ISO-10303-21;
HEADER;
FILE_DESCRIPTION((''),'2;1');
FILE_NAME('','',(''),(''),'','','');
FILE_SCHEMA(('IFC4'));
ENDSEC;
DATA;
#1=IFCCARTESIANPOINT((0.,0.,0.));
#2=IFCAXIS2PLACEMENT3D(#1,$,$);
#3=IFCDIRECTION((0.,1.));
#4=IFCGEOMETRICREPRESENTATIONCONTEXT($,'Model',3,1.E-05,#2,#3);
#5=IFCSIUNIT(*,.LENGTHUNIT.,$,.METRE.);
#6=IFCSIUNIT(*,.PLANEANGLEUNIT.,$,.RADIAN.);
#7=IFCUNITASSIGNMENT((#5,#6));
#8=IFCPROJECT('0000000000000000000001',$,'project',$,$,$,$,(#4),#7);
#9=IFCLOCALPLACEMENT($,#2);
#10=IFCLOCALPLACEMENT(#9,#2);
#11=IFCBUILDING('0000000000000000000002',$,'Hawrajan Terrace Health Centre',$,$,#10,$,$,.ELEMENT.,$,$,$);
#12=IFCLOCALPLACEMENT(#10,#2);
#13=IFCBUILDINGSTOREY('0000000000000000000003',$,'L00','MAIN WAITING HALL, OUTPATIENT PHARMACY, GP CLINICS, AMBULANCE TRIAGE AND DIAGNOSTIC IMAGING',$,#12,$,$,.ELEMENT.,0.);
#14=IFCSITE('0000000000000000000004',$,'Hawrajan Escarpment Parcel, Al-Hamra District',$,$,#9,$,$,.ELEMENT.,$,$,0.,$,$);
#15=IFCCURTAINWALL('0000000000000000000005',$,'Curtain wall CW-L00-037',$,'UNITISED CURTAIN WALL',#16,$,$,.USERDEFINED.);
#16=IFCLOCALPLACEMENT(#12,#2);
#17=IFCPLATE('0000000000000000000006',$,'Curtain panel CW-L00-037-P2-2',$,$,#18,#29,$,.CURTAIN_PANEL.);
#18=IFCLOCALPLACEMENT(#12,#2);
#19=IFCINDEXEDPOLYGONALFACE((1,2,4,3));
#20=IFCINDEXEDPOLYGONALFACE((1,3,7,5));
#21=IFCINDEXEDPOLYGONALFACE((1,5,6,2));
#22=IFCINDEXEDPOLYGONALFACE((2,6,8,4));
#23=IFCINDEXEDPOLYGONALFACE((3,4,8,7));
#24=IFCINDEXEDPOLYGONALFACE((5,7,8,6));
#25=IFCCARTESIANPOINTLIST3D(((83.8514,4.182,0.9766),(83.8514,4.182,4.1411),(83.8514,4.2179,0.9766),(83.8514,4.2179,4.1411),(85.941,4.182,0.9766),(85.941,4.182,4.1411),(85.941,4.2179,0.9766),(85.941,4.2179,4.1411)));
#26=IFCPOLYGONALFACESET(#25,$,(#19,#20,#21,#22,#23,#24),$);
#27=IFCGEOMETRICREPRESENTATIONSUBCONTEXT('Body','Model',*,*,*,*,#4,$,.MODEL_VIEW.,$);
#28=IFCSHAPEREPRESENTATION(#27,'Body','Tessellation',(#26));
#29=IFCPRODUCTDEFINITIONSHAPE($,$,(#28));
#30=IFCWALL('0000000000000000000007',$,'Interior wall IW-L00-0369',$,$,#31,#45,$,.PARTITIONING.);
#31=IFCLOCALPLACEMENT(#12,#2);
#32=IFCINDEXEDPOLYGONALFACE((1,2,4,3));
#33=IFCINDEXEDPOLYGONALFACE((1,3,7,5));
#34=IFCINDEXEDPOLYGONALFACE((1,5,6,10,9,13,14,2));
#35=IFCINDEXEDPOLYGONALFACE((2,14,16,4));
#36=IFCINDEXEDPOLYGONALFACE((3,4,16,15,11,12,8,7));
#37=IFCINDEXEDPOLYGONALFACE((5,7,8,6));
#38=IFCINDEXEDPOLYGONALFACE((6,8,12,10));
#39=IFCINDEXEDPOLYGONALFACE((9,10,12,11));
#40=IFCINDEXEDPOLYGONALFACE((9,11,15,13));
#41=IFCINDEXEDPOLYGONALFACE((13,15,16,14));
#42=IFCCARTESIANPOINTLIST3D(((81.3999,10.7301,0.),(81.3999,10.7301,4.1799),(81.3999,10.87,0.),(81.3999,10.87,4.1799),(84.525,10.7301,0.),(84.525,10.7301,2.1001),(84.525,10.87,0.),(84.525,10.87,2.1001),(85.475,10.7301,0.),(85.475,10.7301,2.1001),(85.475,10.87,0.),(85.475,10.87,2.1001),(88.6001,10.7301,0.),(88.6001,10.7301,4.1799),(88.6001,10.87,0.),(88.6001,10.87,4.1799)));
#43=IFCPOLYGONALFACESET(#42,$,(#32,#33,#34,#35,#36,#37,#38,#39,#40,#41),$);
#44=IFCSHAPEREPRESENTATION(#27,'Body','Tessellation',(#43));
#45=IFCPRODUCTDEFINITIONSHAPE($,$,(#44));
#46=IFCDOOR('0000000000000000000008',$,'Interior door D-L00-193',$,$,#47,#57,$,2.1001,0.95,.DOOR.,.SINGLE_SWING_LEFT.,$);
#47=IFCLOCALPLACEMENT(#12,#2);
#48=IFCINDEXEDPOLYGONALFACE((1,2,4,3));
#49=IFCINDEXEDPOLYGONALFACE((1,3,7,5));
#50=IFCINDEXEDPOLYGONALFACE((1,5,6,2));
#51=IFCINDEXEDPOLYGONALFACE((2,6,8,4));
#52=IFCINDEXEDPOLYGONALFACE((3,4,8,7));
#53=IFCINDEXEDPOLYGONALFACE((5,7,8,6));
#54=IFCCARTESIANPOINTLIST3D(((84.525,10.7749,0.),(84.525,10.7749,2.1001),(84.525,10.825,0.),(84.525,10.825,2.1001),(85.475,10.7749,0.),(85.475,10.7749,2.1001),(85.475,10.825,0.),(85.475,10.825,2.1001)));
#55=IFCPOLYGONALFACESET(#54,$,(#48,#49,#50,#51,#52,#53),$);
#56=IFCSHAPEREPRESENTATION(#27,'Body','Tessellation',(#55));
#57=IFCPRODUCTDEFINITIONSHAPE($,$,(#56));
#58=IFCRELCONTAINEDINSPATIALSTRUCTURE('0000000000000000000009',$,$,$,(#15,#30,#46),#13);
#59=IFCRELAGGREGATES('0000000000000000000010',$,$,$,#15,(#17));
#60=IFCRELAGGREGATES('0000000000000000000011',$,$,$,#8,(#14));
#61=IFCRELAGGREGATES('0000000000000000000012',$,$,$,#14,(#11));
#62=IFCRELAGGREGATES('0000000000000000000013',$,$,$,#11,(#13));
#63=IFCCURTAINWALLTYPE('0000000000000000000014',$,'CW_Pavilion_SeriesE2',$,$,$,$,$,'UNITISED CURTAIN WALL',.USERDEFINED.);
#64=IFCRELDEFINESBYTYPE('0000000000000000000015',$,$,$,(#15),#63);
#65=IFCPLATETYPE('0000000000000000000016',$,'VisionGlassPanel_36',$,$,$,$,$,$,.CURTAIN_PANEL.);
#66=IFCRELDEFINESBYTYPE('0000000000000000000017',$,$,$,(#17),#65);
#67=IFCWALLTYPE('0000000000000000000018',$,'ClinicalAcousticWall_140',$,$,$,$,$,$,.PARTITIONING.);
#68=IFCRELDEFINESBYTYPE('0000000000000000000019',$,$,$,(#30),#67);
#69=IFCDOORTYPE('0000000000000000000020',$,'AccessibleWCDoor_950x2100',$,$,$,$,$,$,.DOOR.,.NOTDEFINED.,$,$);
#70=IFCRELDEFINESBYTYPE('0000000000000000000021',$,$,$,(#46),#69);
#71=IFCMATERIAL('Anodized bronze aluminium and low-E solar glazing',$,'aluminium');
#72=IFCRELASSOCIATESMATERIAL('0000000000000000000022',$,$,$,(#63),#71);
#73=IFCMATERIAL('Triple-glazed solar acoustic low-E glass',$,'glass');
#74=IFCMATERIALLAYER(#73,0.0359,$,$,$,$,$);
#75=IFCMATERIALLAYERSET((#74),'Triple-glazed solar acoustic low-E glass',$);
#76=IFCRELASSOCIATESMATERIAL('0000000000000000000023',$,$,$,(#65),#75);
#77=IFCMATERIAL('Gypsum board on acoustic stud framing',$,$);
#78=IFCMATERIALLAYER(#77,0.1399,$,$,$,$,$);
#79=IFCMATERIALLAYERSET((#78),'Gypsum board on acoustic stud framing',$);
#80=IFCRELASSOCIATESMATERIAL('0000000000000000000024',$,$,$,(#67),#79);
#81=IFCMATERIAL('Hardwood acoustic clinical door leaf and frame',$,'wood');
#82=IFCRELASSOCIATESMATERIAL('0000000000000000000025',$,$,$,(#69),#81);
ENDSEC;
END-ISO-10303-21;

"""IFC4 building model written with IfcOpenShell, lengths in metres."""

from ifc_helpers import new_model, si_unit, direction, frame, frame_2d, origin, origin_2d, place, context, subcontext, project, spatial, rectangle, extrude, material, layer, layer_set, type_object, element, fill, aggregate, save


model = new_model("IFC4")

# Units and contexts
model_context = context("Model", 3, precision=1e-05, world=origin(), true_north=direction((0.0, 1.0)))
body_context = subcontext(model_context, "Body", "Model", "MODEL_VIEW")
ifc_project = project(units=[si_unit("LENGTHUNIT", "METRE"), si_unit("PLANEANGLEUNIT", "RADIAN")], contexts=[model_context])

# Site, building, storey
site_placement = place(None, origin())
site = spatial("IfcSite", under=ifc_project, at=site_placement, Name="Hawrajan Escarpment Parcel, Al-Hamra District", CompositionType="ELEMENT", RefElevation=0.0)
building_placement = place(site_placement, origin())
building = spatial("IfcBuilding", under=site, at=building_placement, Name="Hawrajan Terrace Health Centre", CompositionType="ELEMENT")
storey_placement = place(building_placement, origin())
storey = spatial("IfcBuildingStorey", under=building, at=storey_placement, Name="L00", Description="MAIN WAITING HALL, OUTPATIENT PHARMACY, GP CLINICS, AMBULANCE TRIAGE AND DIAGNOSTIC IMAGING", CompositionType="ELEMENT", Elevation=0.0)

# Curtain wall
ifc_material_1 = material(Name="Anodized bronze aluminium and low-E solar glazing", Category="aluminium")
curtain_wall_type_1 = type_object("IfcCurtainWallType", Name="CW_Pavilion_SeriesE2", ElementType="UNITISED CURTAIN WALL", PredefinedType="USERDEFINED", material=ifc_material_1)
curtain_wall_1_placement = place(storey_placement, origin())
curtain_wall_1 = element("IfcCurtainWall", 1, at=curtain_wall_1_placement, inside=storey, type_object=curtain_wall_type_1, Name="Curtain wall CW-L00-037", ObjectType="UNITISED CURTAIN WALL", PredefinedType="USERDEFINED")

# Plate
ifc_material_2 = material(Name="Triple-glazed solar acoustic low-E glass", Category="glass")
ifc_layer_1 = layer(ifc_material_2, 0.0359)
ifc_layer_set_1 = layer_set([ifc_layer_1], Name="Triple-glazed solar acoustic low-E glass")
plate_type_1 = type_object("IfcPlateType", Name="VisionGlassPanel_36", PredefinedType="CURTAIN_PANEL", material=ifc_layer_set_1)
plate_1_placement = place(storey_placement, frame((84.8962, 4.2, 0.9766), z_axis=(0.0, 0.0, 1.0), x_axis=(1.0, 0.0, 0.0)))
plate_1 = element("IfcPlate", 2, at=plate_1_placement, type_object=plate_type_1, Name="Curtain panel CW-L00-037-P2-2", PredefinedType="CURTAIN_PANEL", context=body_context, shape_type="SweptSolid", body=[
    extrude(rectangle(XDim=2.0896, YDim=0.0359, at=origin_2d()), origin(), (0.0, 0.0, 1.0), 3.1646),
])
aggregate(curtain_wall_1, [plate_1])

# Wall, opening, door
ifc_material_3 = material(Name="Gypsum board on acoustic stud framing")
ifc_layer_2 = layer(ifc_material_3, 0.1399)
ifc_layer_set_2 = layer_set([ifc_layer_2], Name="Gypsum board on acoustic stud framing")
wall_type = type_object("IfcWallType", Name="ClinicalAcousticWall_140", PredefinedType="PARTITIONING", material=ifc_layer_set_2)
wall_placement = place(storey_placement, frame((81.3999, 10.8, 0.0), z_axis=(0.0, 0.0, 1.0), x_axis=(1.0, 0.0, 0.0)))
wall = element("IfcWall", 3, at=wall_placement, inside=storey, type_object=wall_type, Name="Interior wall IW-L00-0369", PredefinedType="PARTITIONING", context=body_context, shape_type="SweptSolid", body=[
    extrude(rectangle(XDim=7.2002, YDim=0.1399, at=frame_2d((3.6001, 0.0))), origin(), (0.0, 0.0, 1.0), 4.1799),
])
opening_placement = place(wall_placement, frame((3.125, 0.0, 0.0)))
opening = element("IfcOpeningElement", 4, at=opening_placement, cuts=wall, PredefinedType="OPENING", context=body_context, shape_type="SweptSolid", body=[
    extrude(rectangle(XDim=0.95, YDim=2.1001, at=frame_2d((0.4751, 1.05))), frame((0.0, 0.0798, 0.0), z_axis=(0.0, -1.0, 0.0), x_axis=(1.0, 0.0, 0.0)), (0.0, 0.0, 1.0), 0.1599),
])
ifc_material_4 = material(Name="Hardwood acoustic clinical door leaf and frame", Category="wood")
door_type = type_object("IfcDoorType", Name="AccessibleWCDoor_950x2100", OperationType="NOTDEFINED", PredefinedType="DOOR", material=ifc_material_4)
door_placement = place(opening_placement, origin())
door = element("IfcDoor", 5, at=door_placement, inside=storey, type_object=door_type, Name="Interior door D-L00-193", OperationType="SINGLE_SWING_LEFT", OverallHeight=2.1001, OverallWidth=0.95, PredefinedType="DOOR", context=body_context, shape_type="SweptSolid", body=[
    extrude(rectangle(XDim=0.95, YDim=2.1001, at=frame_2d((0.4751, 1.05))), frame((0.0, 0.0249, 0.0), z_axis=(0.0, -1.0, 0.0), x_axis=(1.0, 0.0, 0.0)), (0.0, 0.0, 1.0), 0.05),
])
fill(opening, door)

save(model, "model.ifc")
